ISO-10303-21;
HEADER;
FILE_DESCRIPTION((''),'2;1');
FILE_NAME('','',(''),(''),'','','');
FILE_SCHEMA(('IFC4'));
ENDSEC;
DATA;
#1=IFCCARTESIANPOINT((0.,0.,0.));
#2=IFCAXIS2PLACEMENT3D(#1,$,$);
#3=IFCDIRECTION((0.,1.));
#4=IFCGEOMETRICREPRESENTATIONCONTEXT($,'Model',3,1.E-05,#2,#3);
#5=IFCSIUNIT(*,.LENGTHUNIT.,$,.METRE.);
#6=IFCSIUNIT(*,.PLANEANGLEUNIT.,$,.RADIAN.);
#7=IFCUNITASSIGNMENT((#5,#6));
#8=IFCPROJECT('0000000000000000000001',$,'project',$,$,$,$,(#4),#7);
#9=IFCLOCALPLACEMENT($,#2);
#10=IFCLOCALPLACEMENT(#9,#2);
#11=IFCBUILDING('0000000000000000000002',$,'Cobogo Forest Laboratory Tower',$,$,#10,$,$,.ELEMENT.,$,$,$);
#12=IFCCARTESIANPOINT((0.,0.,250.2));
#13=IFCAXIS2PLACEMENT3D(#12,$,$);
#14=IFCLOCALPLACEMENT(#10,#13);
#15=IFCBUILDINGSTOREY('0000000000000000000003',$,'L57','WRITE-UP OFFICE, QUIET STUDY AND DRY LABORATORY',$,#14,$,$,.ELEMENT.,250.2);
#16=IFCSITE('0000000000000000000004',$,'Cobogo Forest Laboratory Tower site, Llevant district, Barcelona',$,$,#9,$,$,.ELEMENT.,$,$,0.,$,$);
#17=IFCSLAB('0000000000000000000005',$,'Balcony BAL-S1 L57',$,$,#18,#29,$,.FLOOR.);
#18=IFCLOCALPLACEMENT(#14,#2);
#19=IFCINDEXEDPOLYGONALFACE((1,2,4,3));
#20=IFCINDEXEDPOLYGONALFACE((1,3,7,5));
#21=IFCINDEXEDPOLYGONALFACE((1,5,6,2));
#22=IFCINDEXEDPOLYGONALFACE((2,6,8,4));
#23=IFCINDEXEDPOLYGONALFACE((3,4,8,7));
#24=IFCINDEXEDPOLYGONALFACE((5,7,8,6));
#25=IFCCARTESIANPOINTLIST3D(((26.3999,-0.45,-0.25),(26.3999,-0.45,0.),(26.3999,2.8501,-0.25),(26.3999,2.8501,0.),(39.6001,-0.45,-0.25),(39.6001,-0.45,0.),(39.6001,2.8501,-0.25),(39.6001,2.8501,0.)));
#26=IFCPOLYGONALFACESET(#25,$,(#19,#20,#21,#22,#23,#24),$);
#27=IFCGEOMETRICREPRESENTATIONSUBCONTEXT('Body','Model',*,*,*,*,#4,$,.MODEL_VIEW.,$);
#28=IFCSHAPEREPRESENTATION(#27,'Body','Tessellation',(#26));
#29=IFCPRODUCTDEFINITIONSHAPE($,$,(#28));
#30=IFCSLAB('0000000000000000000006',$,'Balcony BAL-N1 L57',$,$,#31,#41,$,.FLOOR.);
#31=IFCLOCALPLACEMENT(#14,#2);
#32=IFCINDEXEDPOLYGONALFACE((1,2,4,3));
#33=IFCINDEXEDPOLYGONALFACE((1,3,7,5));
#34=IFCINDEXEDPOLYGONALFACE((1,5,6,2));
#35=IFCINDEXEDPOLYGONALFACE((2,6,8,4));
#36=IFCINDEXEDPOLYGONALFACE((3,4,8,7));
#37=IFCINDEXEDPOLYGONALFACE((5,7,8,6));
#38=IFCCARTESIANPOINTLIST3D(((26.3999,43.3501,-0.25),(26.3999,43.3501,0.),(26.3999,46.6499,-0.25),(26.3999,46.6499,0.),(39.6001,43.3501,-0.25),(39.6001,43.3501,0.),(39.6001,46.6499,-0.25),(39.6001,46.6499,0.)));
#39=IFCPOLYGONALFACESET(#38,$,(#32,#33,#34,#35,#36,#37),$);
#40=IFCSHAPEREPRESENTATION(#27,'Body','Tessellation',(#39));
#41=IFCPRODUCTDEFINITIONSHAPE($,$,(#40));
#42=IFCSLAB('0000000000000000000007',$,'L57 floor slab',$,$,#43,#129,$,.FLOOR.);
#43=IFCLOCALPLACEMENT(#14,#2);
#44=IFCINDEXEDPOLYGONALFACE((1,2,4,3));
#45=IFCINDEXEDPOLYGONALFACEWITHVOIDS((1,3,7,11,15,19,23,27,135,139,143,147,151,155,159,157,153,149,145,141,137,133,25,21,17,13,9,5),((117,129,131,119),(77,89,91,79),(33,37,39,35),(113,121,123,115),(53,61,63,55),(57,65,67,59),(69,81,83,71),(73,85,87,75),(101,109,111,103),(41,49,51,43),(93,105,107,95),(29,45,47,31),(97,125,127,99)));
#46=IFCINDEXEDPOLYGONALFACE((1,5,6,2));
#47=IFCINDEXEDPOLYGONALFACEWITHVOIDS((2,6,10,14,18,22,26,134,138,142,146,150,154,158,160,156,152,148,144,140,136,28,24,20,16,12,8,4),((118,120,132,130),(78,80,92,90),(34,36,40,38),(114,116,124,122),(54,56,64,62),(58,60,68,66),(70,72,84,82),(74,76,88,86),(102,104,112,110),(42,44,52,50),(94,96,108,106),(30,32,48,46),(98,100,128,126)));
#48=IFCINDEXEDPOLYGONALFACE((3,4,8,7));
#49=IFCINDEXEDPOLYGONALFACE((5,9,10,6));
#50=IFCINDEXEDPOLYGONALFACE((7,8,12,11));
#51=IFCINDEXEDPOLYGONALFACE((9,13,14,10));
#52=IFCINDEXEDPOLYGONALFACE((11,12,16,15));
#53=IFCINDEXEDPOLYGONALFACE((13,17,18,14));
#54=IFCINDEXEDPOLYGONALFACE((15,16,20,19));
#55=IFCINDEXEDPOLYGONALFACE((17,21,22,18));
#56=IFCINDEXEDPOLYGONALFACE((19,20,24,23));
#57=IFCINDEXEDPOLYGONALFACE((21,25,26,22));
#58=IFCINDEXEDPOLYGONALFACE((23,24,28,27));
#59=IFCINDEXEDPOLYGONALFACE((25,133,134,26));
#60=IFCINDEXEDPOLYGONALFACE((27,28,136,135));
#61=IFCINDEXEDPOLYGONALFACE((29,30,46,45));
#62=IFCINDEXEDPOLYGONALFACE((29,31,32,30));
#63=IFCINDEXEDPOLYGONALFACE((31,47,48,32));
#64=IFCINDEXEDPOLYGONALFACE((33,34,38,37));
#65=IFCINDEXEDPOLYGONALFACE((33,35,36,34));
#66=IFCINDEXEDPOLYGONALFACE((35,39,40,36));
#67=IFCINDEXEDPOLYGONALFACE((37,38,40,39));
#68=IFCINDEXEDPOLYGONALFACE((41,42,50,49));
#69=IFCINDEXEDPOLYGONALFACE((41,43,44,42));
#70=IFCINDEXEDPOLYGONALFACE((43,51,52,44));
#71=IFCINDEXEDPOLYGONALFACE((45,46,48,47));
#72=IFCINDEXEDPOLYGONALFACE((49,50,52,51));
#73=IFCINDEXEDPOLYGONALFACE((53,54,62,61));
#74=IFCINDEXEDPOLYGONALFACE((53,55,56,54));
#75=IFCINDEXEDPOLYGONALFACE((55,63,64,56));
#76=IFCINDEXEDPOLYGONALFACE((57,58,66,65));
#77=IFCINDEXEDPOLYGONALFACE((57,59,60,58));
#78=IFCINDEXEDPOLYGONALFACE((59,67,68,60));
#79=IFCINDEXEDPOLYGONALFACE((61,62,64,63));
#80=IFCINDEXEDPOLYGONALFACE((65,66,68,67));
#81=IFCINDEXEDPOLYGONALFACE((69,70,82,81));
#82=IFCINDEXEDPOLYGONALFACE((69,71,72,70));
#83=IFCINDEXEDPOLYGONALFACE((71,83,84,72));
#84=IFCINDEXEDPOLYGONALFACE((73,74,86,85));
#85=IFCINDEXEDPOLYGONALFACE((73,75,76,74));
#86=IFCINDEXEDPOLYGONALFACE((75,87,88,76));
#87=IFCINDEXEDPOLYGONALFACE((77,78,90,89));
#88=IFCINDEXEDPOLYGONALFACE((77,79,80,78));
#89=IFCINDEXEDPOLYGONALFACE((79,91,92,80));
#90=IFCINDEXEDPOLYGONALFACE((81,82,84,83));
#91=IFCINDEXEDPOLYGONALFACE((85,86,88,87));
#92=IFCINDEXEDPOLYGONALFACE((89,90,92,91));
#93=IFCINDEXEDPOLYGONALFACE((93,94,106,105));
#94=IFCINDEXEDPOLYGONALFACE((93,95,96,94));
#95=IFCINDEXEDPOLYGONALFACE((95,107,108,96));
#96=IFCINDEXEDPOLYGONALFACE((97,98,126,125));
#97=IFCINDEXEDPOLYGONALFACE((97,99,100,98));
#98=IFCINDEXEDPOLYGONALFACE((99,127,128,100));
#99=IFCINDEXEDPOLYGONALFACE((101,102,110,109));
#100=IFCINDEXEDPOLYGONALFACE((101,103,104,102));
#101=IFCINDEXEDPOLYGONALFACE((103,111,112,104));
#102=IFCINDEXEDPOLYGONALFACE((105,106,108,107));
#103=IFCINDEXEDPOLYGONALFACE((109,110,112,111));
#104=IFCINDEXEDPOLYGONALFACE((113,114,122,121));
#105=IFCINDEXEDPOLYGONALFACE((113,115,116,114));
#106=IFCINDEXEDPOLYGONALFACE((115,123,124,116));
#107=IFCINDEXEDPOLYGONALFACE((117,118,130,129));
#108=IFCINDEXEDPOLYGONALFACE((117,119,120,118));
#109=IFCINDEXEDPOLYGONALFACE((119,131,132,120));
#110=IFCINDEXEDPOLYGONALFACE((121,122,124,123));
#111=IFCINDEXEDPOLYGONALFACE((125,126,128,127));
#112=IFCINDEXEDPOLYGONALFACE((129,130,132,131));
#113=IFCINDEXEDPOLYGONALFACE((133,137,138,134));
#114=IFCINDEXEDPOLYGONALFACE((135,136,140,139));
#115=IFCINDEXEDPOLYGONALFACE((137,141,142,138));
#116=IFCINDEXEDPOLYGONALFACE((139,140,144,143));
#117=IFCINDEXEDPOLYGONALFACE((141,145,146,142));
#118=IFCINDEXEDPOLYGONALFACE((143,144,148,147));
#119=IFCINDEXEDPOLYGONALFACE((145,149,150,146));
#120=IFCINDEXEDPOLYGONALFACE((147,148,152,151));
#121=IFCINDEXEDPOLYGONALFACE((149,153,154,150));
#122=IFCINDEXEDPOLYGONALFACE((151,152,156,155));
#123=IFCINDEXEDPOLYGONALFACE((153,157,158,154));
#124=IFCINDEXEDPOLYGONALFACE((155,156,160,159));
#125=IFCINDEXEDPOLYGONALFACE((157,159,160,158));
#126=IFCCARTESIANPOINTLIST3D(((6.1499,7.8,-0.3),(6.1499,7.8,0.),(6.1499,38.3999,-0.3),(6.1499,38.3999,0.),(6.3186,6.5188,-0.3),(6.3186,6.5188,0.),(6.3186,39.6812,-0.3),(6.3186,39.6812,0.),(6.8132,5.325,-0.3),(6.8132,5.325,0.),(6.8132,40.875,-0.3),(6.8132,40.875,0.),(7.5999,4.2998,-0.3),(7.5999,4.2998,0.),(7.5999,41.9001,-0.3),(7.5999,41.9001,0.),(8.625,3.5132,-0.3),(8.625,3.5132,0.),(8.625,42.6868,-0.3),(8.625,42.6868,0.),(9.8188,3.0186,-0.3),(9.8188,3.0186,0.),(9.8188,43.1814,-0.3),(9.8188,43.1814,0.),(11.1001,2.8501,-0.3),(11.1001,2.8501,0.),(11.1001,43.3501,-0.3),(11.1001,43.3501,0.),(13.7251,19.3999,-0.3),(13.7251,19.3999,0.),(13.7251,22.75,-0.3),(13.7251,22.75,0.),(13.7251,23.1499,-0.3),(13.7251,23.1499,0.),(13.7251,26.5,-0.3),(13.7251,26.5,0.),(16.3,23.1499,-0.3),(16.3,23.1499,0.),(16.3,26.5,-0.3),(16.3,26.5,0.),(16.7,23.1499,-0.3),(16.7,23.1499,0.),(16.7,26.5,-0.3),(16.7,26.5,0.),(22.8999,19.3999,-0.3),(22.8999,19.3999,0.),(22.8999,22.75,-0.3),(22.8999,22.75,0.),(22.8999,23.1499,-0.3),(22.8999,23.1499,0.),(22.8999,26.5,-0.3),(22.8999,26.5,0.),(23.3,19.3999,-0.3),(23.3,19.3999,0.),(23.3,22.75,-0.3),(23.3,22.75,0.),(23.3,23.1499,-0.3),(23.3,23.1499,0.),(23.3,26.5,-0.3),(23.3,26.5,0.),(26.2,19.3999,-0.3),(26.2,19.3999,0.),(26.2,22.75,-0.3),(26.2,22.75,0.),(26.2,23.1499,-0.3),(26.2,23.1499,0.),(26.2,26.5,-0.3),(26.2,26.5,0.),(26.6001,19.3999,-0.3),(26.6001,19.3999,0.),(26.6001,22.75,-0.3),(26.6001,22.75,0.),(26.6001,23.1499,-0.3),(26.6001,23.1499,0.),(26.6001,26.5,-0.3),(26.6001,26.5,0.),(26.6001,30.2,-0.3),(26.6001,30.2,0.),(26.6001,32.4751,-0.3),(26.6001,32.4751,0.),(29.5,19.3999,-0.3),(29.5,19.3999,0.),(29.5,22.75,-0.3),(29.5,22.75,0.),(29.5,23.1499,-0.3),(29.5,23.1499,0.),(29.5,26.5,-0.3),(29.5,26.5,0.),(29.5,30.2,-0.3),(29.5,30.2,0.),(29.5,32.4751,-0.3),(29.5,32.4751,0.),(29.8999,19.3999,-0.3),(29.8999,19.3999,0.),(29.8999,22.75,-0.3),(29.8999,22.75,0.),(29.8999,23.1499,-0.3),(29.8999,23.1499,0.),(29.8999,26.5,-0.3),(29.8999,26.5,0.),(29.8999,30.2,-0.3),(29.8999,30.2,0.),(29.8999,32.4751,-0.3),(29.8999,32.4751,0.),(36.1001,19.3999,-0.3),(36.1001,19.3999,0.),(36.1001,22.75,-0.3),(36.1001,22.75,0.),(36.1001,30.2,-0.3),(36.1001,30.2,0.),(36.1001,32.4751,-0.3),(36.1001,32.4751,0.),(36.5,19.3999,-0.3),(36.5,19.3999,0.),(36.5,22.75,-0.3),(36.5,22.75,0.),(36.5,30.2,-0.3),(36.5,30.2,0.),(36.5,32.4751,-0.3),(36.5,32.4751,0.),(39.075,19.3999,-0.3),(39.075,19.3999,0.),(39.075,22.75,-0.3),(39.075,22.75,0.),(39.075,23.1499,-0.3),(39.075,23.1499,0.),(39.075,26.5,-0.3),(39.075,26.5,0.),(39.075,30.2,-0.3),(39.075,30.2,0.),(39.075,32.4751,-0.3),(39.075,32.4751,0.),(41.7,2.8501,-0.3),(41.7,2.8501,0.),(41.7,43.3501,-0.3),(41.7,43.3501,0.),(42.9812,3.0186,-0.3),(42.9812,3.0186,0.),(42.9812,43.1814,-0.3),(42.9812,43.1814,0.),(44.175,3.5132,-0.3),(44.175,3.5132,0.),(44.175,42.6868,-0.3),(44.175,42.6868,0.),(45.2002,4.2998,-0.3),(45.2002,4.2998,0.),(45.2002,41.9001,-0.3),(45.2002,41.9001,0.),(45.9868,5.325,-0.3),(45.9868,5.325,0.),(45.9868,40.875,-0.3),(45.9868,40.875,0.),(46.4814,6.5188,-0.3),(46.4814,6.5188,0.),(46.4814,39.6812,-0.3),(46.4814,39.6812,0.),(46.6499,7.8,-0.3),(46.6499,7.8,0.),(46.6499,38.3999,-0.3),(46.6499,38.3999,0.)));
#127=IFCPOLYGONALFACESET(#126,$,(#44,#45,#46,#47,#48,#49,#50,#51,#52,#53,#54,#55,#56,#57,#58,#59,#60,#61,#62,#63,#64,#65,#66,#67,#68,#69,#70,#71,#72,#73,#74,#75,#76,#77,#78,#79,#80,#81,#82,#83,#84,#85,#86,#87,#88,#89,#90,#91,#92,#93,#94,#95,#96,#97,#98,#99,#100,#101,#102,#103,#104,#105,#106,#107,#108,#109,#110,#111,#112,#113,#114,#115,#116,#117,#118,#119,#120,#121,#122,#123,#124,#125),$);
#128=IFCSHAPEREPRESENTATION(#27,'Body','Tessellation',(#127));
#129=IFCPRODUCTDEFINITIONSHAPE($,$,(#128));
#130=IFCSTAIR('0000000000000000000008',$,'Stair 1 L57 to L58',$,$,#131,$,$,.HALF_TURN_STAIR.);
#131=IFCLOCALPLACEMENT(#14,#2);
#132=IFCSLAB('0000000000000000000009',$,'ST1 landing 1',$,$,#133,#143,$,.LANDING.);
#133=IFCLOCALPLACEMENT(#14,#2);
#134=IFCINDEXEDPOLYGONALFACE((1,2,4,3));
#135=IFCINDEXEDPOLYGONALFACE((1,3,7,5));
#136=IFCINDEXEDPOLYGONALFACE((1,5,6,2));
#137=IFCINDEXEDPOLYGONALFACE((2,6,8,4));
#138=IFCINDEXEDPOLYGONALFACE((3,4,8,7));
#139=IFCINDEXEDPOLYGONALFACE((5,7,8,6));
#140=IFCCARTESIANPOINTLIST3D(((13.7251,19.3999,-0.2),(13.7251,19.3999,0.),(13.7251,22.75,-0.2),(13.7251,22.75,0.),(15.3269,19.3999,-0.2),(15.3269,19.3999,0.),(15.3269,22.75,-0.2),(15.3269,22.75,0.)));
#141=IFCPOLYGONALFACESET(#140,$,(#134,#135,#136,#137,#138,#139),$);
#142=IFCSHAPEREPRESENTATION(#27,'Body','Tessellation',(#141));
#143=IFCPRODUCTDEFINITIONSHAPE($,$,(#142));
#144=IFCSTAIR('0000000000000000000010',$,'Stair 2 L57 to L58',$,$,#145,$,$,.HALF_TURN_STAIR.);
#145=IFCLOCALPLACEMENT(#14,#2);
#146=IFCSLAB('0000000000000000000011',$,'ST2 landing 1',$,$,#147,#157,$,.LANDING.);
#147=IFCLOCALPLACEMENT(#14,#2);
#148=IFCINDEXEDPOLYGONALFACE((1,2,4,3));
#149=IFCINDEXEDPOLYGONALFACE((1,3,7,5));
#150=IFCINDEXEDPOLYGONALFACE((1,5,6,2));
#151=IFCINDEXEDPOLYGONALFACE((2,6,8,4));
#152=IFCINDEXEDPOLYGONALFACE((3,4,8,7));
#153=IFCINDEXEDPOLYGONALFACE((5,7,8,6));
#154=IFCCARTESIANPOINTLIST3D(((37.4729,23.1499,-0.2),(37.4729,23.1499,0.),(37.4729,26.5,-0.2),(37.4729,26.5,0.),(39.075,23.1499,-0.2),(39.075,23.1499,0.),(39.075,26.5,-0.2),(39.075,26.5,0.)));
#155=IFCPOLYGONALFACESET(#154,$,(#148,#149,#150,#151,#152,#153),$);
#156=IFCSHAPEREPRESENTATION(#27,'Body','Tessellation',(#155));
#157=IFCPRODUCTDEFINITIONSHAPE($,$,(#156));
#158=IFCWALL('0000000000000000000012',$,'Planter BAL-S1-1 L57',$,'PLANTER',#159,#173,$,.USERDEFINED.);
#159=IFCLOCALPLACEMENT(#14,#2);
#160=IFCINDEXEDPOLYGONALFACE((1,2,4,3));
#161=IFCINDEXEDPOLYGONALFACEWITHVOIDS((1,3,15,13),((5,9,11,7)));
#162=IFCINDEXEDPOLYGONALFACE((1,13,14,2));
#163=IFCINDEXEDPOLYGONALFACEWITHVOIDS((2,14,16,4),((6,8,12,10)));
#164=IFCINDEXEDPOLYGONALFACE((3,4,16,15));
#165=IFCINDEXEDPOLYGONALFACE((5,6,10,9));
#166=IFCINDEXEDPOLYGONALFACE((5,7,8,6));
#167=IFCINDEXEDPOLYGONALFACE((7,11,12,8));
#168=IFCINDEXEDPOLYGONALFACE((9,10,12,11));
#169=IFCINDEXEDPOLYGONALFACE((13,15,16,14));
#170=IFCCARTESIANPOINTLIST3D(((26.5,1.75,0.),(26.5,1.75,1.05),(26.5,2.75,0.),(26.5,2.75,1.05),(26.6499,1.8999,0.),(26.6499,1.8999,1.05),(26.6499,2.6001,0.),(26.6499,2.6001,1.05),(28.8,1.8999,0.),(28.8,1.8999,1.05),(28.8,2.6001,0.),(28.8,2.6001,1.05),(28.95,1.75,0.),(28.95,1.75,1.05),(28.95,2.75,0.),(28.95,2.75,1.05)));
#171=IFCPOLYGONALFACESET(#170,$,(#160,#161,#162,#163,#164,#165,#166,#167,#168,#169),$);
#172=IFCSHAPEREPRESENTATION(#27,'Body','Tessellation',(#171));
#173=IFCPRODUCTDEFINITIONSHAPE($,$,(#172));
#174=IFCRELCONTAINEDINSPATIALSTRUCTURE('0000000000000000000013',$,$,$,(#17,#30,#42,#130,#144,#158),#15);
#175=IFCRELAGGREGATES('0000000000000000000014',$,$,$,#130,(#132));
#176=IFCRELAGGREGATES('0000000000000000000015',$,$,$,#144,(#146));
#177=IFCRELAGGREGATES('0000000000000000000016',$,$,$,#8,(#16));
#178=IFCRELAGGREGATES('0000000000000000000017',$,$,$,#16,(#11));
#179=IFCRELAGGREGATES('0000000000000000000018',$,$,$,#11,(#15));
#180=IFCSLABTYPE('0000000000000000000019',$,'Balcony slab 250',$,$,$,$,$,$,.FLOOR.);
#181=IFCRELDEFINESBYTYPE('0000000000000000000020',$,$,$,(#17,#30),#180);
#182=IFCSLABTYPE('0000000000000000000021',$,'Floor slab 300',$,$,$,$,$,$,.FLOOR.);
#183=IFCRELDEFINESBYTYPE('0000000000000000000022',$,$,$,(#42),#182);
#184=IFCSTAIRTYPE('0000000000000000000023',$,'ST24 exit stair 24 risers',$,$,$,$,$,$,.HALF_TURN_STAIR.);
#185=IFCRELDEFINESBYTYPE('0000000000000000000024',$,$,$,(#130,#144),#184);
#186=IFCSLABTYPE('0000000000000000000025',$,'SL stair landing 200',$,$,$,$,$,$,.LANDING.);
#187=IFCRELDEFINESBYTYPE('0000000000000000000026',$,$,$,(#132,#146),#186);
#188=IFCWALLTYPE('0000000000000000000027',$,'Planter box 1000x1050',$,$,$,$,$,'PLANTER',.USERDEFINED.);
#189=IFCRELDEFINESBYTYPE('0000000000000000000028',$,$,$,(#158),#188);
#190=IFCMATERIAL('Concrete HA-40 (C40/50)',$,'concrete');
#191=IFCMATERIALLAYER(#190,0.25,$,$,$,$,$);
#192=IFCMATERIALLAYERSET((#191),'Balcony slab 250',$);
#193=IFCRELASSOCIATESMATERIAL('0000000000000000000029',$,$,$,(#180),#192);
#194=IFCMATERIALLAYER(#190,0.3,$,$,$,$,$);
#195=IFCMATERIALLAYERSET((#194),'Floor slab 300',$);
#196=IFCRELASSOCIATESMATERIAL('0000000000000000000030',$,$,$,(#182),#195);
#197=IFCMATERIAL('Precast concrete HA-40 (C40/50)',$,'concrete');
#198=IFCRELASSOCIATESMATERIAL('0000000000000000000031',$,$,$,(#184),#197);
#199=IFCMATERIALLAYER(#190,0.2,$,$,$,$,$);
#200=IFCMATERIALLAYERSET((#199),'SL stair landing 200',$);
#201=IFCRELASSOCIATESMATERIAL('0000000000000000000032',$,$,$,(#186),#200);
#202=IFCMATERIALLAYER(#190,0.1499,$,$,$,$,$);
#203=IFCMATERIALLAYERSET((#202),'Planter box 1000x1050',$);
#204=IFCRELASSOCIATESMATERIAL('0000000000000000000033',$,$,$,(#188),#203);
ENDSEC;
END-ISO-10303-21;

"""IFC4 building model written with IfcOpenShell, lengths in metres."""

from ifc_helpers import new_model, si_unit, direction, frame, origin, place, context, subcontext, project, spatial, polyline, outline, extrude, material, layer, layer_set, type_object, element, aggregate, save


model = new_model("IFC4")

# Units and contexts
model_context = context("Model", 3, precision=1e-05, world=origin(), true_north=direction((0.0, 1.0)))
body_context = subcontext(model_context, "Body", "Model", "MODEL_VIEW")
ifc_project = project(units=[si_unit("LENGTHUNIT", "METRE"), si_unit("PLANEANGLEUNIT", "RADIAN")], contexts=[model_context])

# Site, building, storey
site_placement = place(None, origin())
site = spatial("IfcSite", under=ifc_project, at=site_placement, Name="Cobogo Forest Laboratory Tower site, Llevant district, Barcelona", CompositionType="ELEMENT", RefElevation=0.0)
building_placement = place(site_placement, origin())
building = spatial("IfcBuilding", under=site, at=building_placement, Name="Cobogo Forest Laboratory Tower", CompositionType="ELEMENT")
storey_placement = place(building_placement, frame((0.0, 0.0, 250.2)))
storey = spatial("IfcBuildingStorey", under=building, at=storey_placement, Name="L57", Description="WRITE-UP OFFICE, QUIET STUDY AND DRY LABORATORY", CompositionType="ELEMENT", Elevation=250.2)

# Slabs
ifc_material_1 = material(Name="Concrete HA-40 (C40/50)", Category="concrete")
ifc_layer_1 = layer(ifc_material_1, 0.25)
ifc_layer_set_1 = layer_set([ifc_layer_1], Name="Balcony slab 250")
slab_type_1 = type_object("IfcSlabType", Name="Balcony slab 250", PredefinedType="FLOOR", material=ifc_layer_set_1)
slab_1_placement = place(storey_placement, frame((0.0, 0.0, -0.25)))
element("IfcSlab", 1, at=slab_1_placement, inside=storey, type_object=slab_type_1, Name="Balcony BAL-S1 L57", PredefinedType="FLOOR", context=body_context, shape_type="SweptSolid", body=[
    extrude(outline(polyline([(26.3999, -0.45), (39.6001, -0.45), (39.6001, 2.8501), (26.3999, 2.8501), (26.3999, -0.45)])), origin(), (0.0, 0.0, 1.0), 0.25),
])
slab_2_placement = place(storey_placement, frame((0.0, 0.0, -0.25)))
element("IfcSlab", 2, at=slab_2_placement, inside=storey, type_object=slab_type_1, Name="Balcony BAL-N1 L57", PredefinedType="FLOOR", context=body_context, shape_type="SweptSolid", body=[
    extrude(outline(polyline([(26.3999, 43.3501), (39.6001, 43.3501), (39.6001, 46.6499), (26.3999, 46.6499), (26.3999, 43.3501)])), origin(), (0.0, 0.0, 1.0), 0.25),
])
ifc_layer_2 = layer(ifc_material_1, 0.3)
ifc_layer_set_2 = layer_set([ifc_layer_2], Name="Floor slab 300")
slab_type_2 = type_object("IfcSlabType", Name="Floor slab 300", PredefinedType="FLOOR", material=ifc_layer_set_2)
slab_3_placement = place(storey_placement, frame((0.0, 0.0, -0.3)))
element("IfcSlab", 3, at=slab_3_placement, inside=storey, type_object=slab_type_2, Name="L57 floor slab", PredefinedType="FLOOR", context=body_context, shape_type="SweptSolid", body=[
    extrude(outline(polyline([(41.7, 2.8501), (42.9812, 3.0186), (44.175, 3.5132), (45.2002, 4.2998), (45.9868, 5.325), (46.4814, 6.5188), (46.6499, 7.8), (46.6499, 38.3999), (46.4814, 39.6812), (45.9868, 40.875), (45.2002, 41.9001), (44.175, 42.6868), (42.9812, 43.1814), (41.7, 43.3501), (11.1001, 43.3501), (9.8188, 43.1814), (8.625, 42.6868), (7.5999, 41.9001), (6.8132, 40.875), (6.3186, 39.6812), (6.1499, 38.3999), (6.1499, 7.8), (6.3186, 6.5188), (6.8132, 5.325), (7.5999, 4.2998), (8.625, 3.5132), (9.8188, 3.0186), (11.1001, 2.8501), (41.7, 2.8501)]), holes=[polyline([(22.8999, 19.3999), (13.7251, 19.3999), (13.7251, 22.75), (22.8999, 22.75), (22.8999, 19.3999)]), polyline([(26.2, 19.3999), (23.3, 19.3999), (23.3, 22.75), (26.2, 22.75), (26.2, 19.3999)]), polyline([(29.5, 19.3999), (26.6001, 19.3999), (26.6001, 22.75), (29.5, 22.75), (29.5, 19.3999)]), polyline([(36.1001, 22.75), (36.1001, 19.3999), (29.8999, 19.3999), (29.8999, 22.75), (36.1001, 22.75)]), polyline([(39.075, 19.3999), (36.5, 19.3999), (36.5, 22.75), (39.075, 22.75), (39.075, 19.3999)]), polyline([(16.3, 23.1499), (13.7251, 23.1499), (13.7251, 26.5), (16.3, 26.5), (16.3, 23.1499)]), polyline([(22.8999, 26.5), (22.8999, 23.1499), (16.7, 23.1499), (16.7, 26.5), (22.8999, 26.5)]), polyline([(26.2, 23.1499), (23.3, 23.1499), (23.3, 26.5), (26.2, 26.5), (26.2, 23.1499)]), polyline([(29.5, 23.1499), (26.6001, 23.1499), (26.6001, 26.5), (29.5, 26.5), (29.5, 23.1499)]), polyline([(39.075, 23.1499), (29.8999, 23.1499), (29.8999, 26.5), (39.075, 26.5), (39.075, 23.1499)]), polyline([(29.5, 30.2), (26.6001, 30.2), (26.6001, 32.4751), (29.5, 32.4751), (29.5, 30.2)]), polyline([(36.1001, 32.4751), (36.1001, 30.2), (29.8999, 30.2), (29.8999, 32.4751), (36.1001, 32.4751)]), polyline([(39.075, 30.2), (36.5, 30.2), (36.5, 32.4751), (39.075, 32.4751), (39.075, 30.2)])]), origin(), (0.0, 0.0, 1.0), 0.3),
])

# Stairs, slabs
ifc_material_2 = material(Name="Precast concrete HA-40 (C40/50)", Category="concrete")
stair_type = type_object("IfcStairType", Name="ST24 exit stair 24 risers", PredefinedType="HALF_TURN_STAIR", material=ifc_material_2)
stair_1_placement = place(storey_placement, origin())
stair_1 = element("IfcStair", 4, at=stair_1_placement, inside=storey, type_object=stair_type, Name="Stair 1 L57 to L58", PredefinedType="HALF_TURN_STAIR")
ifc_layer_3 = layer(ifc_material_1, 0.2)
ifc_layer_set_3 = layer_set([ifc_layer_3], Name="SL stair landing 200")
slab_type_3 = type_object("IfcSlabType", Name="SL stair landing 200", PredefinedType="LANDING", material=ifc_layer_set_3)
slab_4_placement = place(storey_placement, frame((0.0, 0.0, -0.2)))
slab_4 = element("IfcSlab", 5, at=slab_4_placement, type_object=slab_type_3, Name="ST1 landing 1", PredefinedType="LANDING", context=body_context, shape_type="SweptSolid", body=[
    extrude(outline(polyline([(13.7251, 19.3999), (15.3269, 19.3999), (15.3269, 22.75), (13.7251, 22.75), (13.7251, 19.3999)])), origin(), (0.0, 0.0, 1.0), 0.2),
])
aggregate(stair_1, [slab_4])
stair_2_placement = place(storey_placement, origin())
stair_2 = element("IfcStair", 6, at=stair_2_placement, inside=storey, type_object=stair_type, Name="Stair 2 L57 to L58", PredefinedType="HALF_TURN_STAIR")
slab_5_placement = place(storey_placement, frame((0.0, 0.0, -0.2)))
slab_5 = element("IfcSlab", 7, at=slab_5_placement, type_object=slab_type_3, Name="ST2 landing 1", PredefinedType="LANDING", context=body_context, shape_type="SweptSolid", body=[
    extrude(outline(polyline([(37.4729, 23.1499), (39.075, 23.1499), (39.075, 26.5), (37.4729, 26.5), (37.4729, 23.1499)])), origin(), (0.0, 0.0, 1.0), 0.2),
])
aggregate(stair_2, [slab_5])

# Wall
ifc_layer_4 = layer(ifc_material_1, 0.1499)
ifc_layer_set_4 = layer_set([ifc_layer_4], Name="Planter box 1000x1050")
wall_type = type_object("IfcWallType", Name="Planter box 1000x1050", ElementType="PLANTER", PredefinedType="USERDEFINED", material=ifc_layer_set_4)
wall_1_placement = place(storey_placement, origin())
element("IfcWall", 8, at=wall_1_placement, inside=storey, type_object=wall_type, Name="Planter BAL-S1-1 L57", ObjectType="PLANTER", PredefinedType="USERDEFINED", context=body_context, shape_type="SweptSolid", body=[
    extrude(outline(polyline([(26.5, 1.75), (28.95, 1.75), (28.95, 2.75), (26.5, 2.75), (26.5, 1.75)]), holes=[polyline([(26.6499, 1.8999), (28.8, 1.8999), (28.8, 2.6001), (26.6499, 2.6001), (26.6499, 1.8999)])]), origin(), (0.0, 0.0, 1.0), 1.05),
])

save(model, "model.ifc")
